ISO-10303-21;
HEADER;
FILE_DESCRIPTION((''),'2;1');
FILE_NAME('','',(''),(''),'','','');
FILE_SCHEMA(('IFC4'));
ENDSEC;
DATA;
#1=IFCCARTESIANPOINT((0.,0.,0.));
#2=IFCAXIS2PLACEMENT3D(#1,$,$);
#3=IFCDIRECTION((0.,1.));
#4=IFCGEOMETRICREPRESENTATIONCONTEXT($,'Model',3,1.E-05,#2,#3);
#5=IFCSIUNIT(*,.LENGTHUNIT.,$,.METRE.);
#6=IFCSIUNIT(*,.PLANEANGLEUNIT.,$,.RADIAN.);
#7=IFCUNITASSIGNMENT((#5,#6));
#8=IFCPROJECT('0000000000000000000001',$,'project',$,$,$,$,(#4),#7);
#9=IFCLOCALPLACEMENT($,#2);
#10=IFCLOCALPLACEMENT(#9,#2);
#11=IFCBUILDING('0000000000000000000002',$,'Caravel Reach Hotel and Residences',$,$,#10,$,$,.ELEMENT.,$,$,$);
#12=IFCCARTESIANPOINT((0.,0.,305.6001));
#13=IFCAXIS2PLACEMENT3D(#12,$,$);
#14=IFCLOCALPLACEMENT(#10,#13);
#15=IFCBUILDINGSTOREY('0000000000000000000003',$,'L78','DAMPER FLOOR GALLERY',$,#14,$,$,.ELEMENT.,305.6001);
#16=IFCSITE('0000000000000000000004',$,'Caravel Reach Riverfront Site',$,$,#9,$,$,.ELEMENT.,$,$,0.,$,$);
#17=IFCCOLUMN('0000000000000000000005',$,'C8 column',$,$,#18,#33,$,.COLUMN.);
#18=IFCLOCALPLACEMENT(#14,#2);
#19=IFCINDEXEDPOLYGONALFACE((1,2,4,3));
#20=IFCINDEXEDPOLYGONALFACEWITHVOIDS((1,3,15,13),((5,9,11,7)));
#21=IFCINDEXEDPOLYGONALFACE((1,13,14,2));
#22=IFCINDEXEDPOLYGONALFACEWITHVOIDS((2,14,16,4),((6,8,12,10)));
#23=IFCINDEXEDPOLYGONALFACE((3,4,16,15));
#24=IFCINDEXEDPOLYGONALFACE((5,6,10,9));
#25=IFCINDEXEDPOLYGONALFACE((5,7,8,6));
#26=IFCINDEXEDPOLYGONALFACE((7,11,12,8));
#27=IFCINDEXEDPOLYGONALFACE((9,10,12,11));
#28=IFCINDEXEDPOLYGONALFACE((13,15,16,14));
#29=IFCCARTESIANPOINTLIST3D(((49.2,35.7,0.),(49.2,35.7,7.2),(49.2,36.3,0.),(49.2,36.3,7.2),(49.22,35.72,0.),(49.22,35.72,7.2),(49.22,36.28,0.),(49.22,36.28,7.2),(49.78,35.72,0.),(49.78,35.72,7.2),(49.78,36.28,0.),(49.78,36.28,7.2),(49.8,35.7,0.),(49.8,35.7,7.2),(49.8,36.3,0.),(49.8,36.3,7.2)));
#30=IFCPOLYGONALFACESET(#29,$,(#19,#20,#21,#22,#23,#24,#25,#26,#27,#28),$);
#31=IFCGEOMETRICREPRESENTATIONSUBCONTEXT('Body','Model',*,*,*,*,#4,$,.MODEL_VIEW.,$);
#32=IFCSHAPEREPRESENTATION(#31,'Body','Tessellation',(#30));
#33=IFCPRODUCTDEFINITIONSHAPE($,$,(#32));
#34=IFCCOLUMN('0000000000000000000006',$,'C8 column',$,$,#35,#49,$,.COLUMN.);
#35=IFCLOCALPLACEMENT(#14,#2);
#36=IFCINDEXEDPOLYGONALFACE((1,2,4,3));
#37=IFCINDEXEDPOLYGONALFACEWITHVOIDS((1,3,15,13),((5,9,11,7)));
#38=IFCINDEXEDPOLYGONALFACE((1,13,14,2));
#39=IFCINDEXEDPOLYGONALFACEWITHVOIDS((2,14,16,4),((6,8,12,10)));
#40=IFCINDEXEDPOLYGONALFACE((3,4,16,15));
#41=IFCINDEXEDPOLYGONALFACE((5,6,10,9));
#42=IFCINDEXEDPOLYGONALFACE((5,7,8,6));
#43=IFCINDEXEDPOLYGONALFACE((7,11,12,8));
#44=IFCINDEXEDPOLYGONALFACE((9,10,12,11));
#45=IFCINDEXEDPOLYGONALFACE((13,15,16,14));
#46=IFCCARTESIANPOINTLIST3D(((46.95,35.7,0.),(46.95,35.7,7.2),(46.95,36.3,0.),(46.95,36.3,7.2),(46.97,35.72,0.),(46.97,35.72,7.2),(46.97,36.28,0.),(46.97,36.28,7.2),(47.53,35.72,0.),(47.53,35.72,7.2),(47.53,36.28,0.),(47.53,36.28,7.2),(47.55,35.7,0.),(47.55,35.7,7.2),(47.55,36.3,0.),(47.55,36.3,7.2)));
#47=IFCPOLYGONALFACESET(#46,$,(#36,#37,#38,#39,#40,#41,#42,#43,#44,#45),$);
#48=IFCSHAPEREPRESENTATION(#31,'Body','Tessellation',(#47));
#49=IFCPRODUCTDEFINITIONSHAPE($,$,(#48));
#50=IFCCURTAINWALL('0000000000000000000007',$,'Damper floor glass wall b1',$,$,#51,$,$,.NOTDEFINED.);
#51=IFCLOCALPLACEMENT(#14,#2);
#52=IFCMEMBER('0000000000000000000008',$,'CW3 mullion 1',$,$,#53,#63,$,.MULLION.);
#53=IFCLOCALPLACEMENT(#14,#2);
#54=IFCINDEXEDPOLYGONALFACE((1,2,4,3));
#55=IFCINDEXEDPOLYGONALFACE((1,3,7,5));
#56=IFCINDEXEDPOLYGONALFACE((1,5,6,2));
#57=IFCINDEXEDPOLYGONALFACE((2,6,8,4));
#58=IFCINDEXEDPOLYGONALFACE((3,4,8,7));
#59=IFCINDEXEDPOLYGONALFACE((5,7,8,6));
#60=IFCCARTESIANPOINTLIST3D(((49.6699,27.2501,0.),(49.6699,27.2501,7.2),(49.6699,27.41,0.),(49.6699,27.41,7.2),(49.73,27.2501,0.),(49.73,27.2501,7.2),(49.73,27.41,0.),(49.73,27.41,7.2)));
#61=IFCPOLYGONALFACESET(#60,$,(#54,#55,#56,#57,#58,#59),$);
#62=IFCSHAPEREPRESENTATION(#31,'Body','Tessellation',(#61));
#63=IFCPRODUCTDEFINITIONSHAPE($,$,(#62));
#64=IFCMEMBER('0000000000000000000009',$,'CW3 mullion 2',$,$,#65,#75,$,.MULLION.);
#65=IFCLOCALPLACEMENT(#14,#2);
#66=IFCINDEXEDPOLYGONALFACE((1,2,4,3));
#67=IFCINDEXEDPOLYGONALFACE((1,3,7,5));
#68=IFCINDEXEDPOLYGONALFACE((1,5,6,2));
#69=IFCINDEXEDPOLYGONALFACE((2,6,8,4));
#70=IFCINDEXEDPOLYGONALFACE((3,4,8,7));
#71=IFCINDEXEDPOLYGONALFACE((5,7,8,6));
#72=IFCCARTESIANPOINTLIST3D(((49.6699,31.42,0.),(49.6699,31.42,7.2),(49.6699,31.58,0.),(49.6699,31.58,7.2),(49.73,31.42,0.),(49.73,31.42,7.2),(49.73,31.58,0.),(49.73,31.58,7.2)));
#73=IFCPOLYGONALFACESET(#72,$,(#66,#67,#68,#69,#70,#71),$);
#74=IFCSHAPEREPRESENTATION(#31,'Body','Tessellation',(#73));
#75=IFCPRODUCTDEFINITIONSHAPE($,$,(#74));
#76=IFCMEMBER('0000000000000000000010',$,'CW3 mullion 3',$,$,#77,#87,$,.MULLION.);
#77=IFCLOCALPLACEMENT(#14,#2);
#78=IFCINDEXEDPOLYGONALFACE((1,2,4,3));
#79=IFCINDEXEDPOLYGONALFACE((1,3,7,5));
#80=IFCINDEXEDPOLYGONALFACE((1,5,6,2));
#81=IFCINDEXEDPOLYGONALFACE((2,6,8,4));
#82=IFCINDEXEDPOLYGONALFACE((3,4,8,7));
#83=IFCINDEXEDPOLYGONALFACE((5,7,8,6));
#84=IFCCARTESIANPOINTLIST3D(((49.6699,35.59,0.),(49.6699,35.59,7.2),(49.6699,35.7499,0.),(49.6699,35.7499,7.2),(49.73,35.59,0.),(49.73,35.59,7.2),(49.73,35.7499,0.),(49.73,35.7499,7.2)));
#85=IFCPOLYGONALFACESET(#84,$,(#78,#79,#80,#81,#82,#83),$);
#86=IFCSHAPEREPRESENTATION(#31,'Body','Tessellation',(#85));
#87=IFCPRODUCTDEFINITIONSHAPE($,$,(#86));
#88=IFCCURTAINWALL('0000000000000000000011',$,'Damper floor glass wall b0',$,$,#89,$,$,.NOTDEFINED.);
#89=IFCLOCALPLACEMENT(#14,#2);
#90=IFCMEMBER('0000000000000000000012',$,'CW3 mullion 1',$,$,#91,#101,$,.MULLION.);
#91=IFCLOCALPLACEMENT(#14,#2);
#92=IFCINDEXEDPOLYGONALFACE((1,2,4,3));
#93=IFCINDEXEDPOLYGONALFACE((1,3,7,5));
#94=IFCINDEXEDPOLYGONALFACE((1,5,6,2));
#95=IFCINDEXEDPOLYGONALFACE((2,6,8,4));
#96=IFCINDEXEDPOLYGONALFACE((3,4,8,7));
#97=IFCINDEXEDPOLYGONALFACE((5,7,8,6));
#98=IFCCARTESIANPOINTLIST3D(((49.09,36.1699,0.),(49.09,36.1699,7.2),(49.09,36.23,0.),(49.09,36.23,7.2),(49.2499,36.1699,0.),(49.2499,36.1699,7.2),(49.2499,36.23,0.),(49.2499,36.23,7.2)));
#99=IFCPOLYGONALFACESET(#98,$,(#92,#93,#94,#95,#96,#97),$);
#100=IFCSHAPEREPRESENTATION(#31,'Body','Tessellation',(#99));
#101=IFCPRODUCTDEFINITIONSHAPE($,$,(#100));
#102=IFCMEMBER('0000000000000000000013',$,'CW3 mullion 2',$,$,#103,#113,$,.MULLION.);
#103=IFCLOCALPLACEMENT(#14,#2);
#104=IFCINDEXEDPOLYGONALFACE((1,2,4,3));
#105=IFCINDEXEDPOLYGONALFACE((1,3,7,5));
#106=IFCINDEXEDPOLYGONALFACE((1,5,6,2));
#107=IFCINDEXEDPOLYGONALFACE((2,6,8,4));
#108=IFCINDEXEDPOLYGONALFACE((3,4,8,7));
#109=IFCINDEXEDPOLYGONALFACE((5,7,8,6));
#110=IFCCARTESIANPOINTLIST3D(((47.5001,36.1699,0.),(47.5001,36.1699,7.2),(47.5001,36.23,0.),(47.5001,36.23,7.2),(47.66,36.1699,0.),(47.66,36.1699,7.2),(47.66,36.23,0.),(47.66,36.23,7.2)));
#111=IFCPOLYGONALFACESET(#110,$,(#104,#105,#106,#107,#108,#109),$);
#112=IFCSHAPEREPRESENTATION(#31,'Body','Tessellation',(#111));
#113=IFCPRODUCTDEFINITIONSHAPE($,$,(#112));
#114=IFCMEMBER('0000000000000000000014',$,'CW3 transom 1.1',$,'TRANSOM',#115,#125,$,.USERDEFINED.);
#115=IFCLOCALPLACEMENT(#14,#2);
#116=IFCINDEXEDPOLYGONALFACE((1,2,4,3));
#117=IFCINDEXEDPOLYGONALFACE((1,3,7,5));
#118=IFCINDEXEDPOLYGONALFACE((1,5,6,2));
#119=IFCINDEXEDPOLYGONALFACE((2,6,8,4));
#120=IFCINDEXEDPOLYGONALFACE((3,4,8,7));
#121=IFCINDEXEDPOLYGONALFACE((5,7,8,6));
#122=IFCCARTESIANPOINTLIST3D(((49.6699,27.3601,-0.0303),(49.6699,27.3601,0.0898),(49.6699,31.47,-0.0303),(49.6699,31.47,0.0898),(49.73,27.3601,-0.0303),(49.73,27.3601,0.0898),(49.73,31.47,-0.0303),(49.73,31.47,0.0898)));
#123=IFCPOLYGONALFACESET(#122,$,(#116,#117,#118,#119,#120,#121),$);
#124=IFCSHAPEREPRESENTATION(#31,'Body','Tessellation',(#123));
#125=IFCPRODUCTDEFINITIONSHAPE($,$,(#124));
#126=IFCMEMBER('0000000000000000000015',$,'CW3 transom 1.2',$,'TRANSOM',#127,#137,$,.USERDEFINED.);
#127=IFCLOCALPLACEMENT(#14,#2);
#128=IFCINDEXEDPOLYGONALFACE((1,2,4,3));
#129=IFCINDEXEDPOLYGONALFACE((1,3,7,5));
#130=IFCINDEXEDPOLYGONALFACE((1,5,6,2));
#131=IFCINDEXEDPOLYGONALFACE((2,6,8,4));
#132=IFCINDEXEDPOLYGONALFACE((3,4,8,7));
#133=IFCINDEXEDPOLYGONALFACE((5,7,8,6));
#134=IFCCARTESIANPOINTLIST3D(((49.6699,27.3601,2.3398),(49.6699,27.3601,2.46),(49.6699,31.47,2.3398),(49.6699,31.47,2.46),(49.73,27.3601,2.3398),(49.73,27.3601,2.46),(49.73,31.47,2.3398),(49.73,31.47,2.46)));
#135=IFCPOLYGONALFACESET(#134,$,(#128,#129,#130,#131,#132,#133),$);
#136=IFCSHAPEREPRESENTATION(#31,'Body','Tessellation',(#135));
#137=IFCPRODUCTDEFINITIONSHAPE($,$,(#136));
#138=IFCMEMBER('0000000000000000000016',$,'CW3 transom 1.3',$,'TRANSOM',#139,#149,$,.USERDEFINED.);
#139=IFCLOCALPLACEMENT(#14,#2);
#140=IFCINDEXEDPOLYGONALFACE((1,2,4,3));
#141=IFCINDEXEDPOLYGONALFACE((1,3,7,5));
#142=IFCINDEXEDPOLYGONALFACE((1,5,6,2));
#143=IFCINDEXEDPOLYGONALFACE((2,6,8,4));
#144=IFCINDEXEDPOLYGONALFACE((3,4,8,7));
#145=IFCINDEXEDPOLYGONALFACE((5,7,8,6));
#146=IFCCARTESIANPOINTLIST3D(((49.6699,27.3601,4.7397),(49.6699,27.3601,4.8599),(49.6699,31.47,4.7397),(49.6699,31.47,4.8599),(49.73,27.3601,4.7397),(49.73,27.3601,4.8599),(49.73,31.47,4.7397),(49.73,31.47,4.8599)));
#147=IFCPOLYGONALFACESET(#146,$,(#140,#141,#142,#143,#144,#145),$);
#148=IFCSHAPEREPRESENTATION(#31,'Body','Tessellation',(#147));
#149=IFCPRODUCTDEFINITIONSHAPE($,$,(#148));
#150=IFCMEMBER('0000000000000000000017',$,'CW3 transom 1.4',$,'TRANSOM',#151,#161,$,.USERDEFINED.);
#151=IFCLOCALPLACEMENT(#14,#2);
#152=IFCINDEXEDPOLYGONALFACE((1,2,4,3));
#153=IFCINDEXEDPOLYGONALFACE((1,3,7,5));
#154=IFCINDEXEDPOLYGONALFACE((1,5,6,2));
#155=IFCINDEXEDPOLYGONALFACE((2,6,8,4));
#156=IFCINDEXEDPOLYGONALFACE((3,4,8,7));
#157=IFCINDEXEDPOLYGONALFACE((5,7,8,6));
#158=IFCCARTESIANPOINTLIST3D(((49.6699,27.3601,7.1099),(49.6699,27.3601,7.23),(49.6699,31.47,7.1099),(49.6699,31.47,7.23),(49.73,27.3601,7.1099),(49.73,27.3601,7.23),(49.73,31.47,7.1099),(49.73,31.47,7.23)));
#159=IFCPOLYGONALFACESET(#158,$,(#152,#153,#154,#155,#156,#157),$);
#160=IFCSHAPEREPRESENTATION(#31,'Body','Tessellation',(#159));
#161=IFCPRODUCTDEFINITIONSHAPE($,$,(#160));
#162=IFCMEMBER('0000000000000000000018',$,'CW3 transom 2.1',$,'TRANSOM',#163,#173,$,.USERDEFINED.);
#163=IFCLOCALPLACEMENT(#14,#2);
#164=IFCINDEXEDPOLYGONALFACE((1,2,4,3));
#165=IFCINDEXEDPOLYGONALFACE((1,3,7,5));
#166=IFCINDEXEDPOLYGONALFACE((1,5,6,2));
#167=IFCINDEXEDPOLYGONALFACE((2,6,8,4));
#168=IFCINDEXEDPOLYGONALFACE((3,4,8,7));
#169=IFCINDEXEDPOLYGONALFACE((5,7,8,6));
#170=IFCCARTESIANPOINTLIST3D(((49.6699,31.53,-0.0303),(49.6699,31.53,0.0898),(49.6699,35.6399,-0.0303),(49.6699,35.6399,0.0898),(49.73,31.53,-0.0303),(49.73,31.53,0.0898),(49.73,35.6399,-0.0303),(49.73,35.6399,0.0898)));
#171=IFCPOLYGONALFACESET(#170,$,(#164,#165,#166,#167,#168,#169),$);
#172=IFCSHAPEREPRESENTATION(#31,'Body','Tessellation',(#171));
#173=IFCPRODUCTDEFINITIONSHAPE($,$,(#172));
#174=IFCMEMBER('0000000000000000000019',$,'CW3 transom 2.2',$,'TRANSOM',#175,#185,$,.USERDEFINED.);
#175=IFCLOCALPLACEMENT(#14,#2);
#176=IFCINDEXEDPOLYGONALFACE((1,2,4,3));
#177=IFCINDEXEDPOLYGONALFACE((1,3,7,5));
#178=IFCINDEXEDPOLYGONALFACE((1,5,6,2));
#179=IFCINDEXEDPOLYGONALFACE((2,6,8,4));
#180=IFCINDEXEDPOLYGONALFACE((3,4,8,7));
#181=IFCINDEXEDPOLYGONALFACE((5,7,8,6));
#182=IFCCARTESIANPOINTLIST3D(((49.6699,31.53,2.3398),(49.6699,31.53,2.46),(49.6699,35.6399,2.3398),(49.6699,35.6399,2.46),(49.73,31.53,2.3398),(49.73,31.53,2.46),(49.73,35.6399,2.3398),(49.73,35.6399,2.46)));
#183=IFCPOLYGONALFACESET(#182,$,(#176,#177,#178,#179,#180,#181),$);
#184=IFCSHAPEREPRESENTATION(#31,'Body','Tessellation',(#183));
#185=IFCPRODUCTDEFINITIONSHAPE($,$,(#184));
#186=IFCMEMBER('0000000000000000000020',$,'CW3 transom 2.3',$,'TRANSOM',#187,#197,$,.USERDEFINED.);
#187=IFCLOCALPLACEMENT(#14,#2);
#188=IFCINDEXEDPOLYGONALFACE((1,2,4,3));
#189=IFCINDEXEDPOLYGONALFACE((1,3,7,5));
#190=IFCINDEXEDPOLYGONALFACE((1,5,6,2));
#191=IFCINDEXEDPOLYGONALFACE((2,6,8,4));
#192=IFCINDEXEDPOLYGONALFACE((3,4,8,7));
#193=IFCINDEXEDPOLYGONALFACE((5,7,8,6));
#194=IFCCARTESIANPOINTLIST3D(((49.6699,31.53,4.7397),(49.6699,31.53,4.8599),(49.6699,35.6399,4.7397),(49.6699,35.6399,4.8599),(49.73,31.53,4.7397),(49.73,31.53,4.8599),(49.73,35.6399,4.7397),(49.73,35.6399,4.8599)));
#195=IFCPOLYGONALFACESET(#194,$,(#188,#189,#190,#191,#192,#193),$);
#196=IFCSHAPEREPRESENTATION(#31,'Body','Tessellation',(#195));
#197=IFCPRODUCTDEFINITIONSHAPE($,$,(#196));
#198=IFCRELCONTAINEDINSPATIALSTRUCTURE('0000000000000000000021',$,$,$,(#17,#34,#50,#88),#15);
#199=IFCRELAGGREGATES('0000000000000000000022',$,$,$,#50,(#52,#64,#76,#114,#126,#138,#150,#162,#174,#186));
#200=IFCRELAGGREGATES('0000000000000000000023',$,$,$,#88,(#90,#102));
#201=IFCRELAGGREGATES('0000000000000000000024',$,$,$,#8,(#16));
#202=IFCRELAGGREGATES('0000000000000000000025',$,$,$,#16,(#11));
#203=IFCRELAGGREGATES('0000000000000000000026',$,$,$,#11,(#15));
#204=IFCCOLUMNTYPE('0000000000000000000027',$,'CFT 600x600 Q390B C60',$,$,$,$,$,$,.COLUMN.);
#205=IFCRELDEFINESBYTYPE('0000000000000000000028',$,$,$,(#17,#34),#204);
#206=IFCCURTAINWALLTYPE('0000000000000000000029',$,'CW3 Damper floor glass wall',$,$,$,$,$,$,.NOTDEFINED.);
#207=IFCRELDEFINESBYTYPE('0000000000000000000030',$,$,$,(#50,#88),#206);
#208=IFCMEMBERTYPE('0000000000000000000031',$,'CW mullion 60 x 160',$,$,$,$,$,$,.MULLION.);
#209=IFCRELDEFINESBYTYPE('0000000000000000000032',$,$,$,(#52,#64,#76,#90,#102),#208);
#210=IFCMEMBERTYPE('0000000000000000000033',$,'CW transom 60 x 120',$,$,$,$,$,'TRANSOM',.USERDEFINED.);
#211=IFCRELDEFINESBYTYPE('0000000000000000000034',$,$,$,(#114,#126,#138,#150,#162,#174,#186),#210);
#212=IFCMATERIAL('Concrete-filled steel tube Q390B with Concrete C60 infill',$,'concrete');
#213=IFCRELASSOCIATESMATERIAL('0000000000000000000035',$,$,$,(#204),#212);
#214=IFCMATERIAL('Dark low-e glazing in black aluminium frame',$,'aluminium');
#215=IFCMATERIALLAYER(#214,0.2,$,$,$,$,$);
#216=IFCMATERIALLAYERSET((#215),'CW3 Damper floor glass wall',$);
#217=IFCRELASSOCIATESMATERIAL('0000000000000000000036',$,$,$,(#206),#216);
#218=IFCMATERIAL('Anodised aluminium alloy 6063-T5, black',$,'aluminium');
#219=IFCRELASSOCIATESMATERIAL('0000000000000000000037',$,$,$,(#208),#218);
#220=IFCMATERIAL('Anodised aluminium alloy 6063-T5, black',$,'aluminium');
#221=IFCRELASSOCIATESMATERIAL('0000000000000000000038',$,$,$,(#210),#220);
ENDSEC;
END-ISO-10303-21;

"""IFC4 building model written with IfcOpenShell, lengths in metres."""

from ifc_helpers import new_model, si_unit, direction, frame, origin, origin_2d, place, context, subcontext, project, spatial, rectangle, hollow_rectangle, extrude, material, layer, layer_set, material_profile, profile_set, type_object, element, aggregate, save


model = new_model("IFC4")

# Units and contexts
model_context = context("Model", 3, precision=1e-05, world=origin(), true_north=direction((0.0, 1.0)))
body_context = subcontext(model_context, "Body", "Model", "MODEL_VIEW")
ifc_project = project(units=[si_unit("LENGTHUNIT", "METRE"), si_unit("PLANEANGLEUNIT", "RADIAN")], contexts=[model_context])

# Site, building, storey
site_placement = place(None, origin())
site = spatial("IfcSite", under=ifc_project, at=site_placement, Name="Caravel Reach Riverfront Site", CompositionType="ELEMENT", RefElevation=0.0)
building_placement = place(site_placement, origin())
building = spatial("IfcBuilding", under=site, at=building_placement, Name="Caravel Reach Hotel and Residences", CompositionType="ELEMENT")
storey_placement = place(building_placement, frame((0.0, 0.0, 305.6001)))
storey = spatial("IfcBuildingStorey", under=building, at=storey_placement, Name="L78", Description="DAMPER FLOOR GALLERY", CompositionType="ELEMENT", Elevation=305.6001)

# Columns
ifc_material_1 = material(Name="Concrete-filled steel tube Q390B with Concrete C60 infill", Category="concrete")
ifc_material_profile_1 = material_profile(ifc_material_1, hollow_rectangle(XDim=0.6001, YDim=0.6001, WallThickness=0.02, at=origin_2d()), Name="RHS 600x600x20")
ifc_profile_set_1 = profile_set([ifc_material_profile_1], Name="Concrete-filled steel tube Q390B with Concrete C60 infill")
column_type = type_object("IfcColumnType", Name="CFT 600x600 Q390B C60", PredefinedType="COLUMN", material=ifc_profile_set_1)
for number, where, z_axis, x_axis, name in (
    (1, (49.5, 36.0, 0.0), (0.0, 0.0, 1.0), (1.0, 0.0, 0.0), "C8 column"),
    (2, (47.25, 36.0, 0.0), (0.0, 0.0, 1.0), (1.0, 0.0, 0.0), "C8 column"),
):
    element("IfcColumn", number, at=place(storey_placement, frame(where, z_axis=z_axis, x_axis=x_axis)), inside=storey, type_object=column_type, Name=name, PredefinedType="COLUMN", context=body_context, shape_type="SweptSolid", body=[
        extrude(hollow_rectangle(XDim=0.6001, YDim=0.6001, WallThickness=0.02, at=origin_2d()), origin(), (0.0, 0.0, 1.0), 7.2),
    ])

# Curtain walls, members
ifc_material_2 = material(Name="Dark low-e glazing in black aluminium frame", Category="aluminium")
ifc_layer_1 = layer(ifc_material_2, 0.2)
ifc_layer_set_1 = layer_set([ifc_layer_1], Name="CW3 Damper floor glass wall")
curtain_wall_type = type_object("IfcCurtainWallType", Name="CW3 Damper floor glass wall", PredefinedType="NOTDEFINED", material=ifc_layer_set_1)
curtain_wall_1_placement = place(storey_placement, origin())
curtain_wall_1 = element("IfcCurtainWall", 3, at=curtain_wall_1_placement, inside=storey, type_object=curtain_wall_type, Name="Damper floor glass wall b1", PredefinedType="NOTDEFINED")
ifc_material_3 = material(Name="Anodised aluminium alloy 6063-T5, black", Category="aluminium")
ifc_material_profile_2 = material_profile(ifc_material_3, rectangle(XDim=0.0601, YDim=0.1599, at=origin_2d()), Name="CW mullion 60 x 160")
ifc_profile_set_2 = profile_set([ifc_material_profile_2], Name="Anodised aluminium alloy 6063-T5, black")
member_type_1 = type_object("IfcMemberType", Name="CW mullion 60 x 160", PredefinedType="MULLION", material=ifc_profile_set_2)
member_1_placement = place(storey_placement, frame((49.7, 27.3301, 0.0), z_axis=(0.0, 0.0, 1.0), x_axis=(-1.0, 0.0, 0.0)))
member_1 = element("IfcMember", 4, at=member_1_placement, type_object=member_type_1, Name="CW3 mullion 1", PredefinedType="MULLION", context=body_context, shape_type="SweptSolid", body=[
    extrude(rectangle(XDim=0.0601, YDim=0.1599, at=origin_2d()), origin(), (0.0, 0.0, 1.0), 7.2),
])
member_2_placement = place(storey_placement, frame((49.7, 31.5, 0.0), z_axis=(0.0, 0.0, 1.0), x_axis=(-1.0, 0.0, 0.0)))
member_2 = element("IfcMember", 5, at=member_2_placement, type_object=member_type_1, Name="CW3 mullion 2", PredefinedType="MULLION", context=body_context, shape_type="SweptSolid", body=[
    extrude(rectangle(XDim=0.0601, YDim=0.1599, at=origin_2d()), origin(), (0.0, 0.0, 1.0), 7.2),
])
member_3_placement = place(storey_placement, frame((49.7, 35.6699, 0.0), z_axis=(0.0, 0.0, 1.0), x_axis=(-1.0, 0.0, 0.0)))
member_3 = element("IfcMember", 6, at=member_3_placement, type_object=member_type_1, Name="CW3 mullion 3", PredefinedType="MULLION", context=body_context, shape_type="SweptSolid", body=[
    extrude(rectangle(XDim=0.0601, YDim=0.1599, at=origin_2d()), origin(), (0.0, 0.0, 1.0), 7.2),
])
curtain_wall_2_placement = place(storey_placement, origin())
curtain_wall_2 = element("IfcCurtainWall", 7, at=curtain_wall_2_placement, inside=storey, type_object=curtain_wall_type, Name="Damper floor glass wall b0", PredefinedType="NOTDEFINED")
member_4_placement = place(storey_placement, frame((49.1699, 36.2, 0.0), z_axis=(0.0, 0.0, 1.0), x_axis=(0.0, -1.0, 0.0)))
member_4 = element("IfcMember", 8, at=member_4_placement, type_object=member_type_1, Name="CW3 mullion 1", PredefinedType="MULLION", context=body_context, shape_type="SweptSolid", body=[
    extrude(rectangle(XDim=0.0601, YDim=0.1599, at=origin_2d()), origin(), (0.0, 0.0, 1.0), 7.2),
])
member_5_placement = place(storey_placement, frame((47.5801, 36.2, 0.0), z_axis=(0.0, 0.0, 1.0), x_axis=(0.0, -1.0, 0.0)))
member_5 = element("IfcMember", 9, at=member_5_placement, type_object=member_type_1, Name="CW3 mullion 2", PredefinedType="MULLION", context=body_context, shape_type="SweptSolid", body=[
    extrude(rectangle(XDim=0.0601, YDim=0.1599, at=origin_2d()), origin(), (0.0, 0.0, 1.0), 7.2),
])

# Members
ifc_material_4 = material(Name="Anodised aluminium alloy 6063-T5, black", Category="aluminium")
ifc_material_profile_3 = material_profile(ifc_material_4, rectangle(XDim=0.0601, YDim=0.1201, at=origin_2d()), Name="CW transom 60 x 120")
ifc_profile_set_3 = profile_set([ifc_material_profile_3], Name="Anodised aluminium alloy 6063-T5, black")
member_type_2 = type_object("IfcMemberType", Name="CW transom 60 x 120", ElementType="TRANSOM", PredefinedType="USERDEFINED", material=ifc_profile_set_3)
member_6_placement = place(storey_placement, frame((49.7, 27.3601, 0.0298), z_axis=(0.0, 1.0, 0.0), x_axis=(-1.0, 0.0, 0.0)))
member_6 = element("IfcMember", 10, at=member_6_placement, type_object=member_type_2, Name="CW3 transom 1.1", ObjectType="TRANSOM", PredefinedType="USERDEFINED", context=body_context, shape_type="SweptSolid", body=[
    extrude(rectangle(XDim=0.0601, YDim=0.1201, at=origin_2d()), origin(), (0.0, 0.0, 1.0), 4.1099),
])
member_7_placement = place(storey_placement, frame((49.7, 27.3601, 2.3999), z_axis=(0.0, 1.0, 0.0), x_axis=(-1.0, 0.0, 0.0)))
member_7 = element("IfcMember", 11, at=member_7_placement, type_object=member_type_2, Name="CW3 transom 1.2", ObjectType="TRANSOM", PredefinedType="USERDEFINED", context=body_context, shape_type="SweptSolid", body=[
    extrude(rectangle(XDim=0.0601, YDim=0.1201, at=origin_2d()), origin(), (0.0, 0.0, 1.0), 4.1099),
])
member_8_placement = place(storey_placement, frame((49.7, 27.3601, 4.7998), z_axis=(0.0, 1.0, 0.0), x_axis=(-1.0, 0.0, 0.0)))
member_8 = element("IfcMember", 12, at=member_8_placement, type_object=member_type_2, Name="CW3 transom 1.3", ObjectType="TRANSOM", PredefinedType="USERDEFINED", context=body_context, shape_type="SweptSolid", body=[
    extrude(rectangle(XDim=0.0601, YDim=0.1201, at=origin_2d()), origin(), (0.0, 0.0, 1.0), 4.1099),
])
member_9_placement = place(storey_placement, frame((49.7, 27.3601, 7.1699), z_axis=(0.0, 1.0, 0.0), x_axis=(-1.0, 0.0, 0.0)))
member_9 = element("IfcMember", 13, at=member_9_placement, type_object=member_type_2, Name="CW3 transom 1.4", ObjectType="TRANSOM", PredefinedType="USERDEFINED", context=body_context, shape_type="SweptSolid", body=[
    extrude(rectangle(XDim=0.0601, YDim=0.1201, at=origin_2d()), origin(), (0.0, 0.0, 1.0), 4.1099),
])
member_10_placement = place(storey_placement, frame((49.7, 31.53, 0.0298), z_axis=(0.0, 1.0, 0.0), x_axis=(-1.0, 0.0, 0.0)))
member_10 = element("IfcMember", 14, at=member_10_placement, type_object=member_type_2, Name="CW3 transom 2.1", ObjectType="TRANSOM", PredefinedType="USERDEFINED", context=body_context, shape_type="SweptSolid", body=[
    extrude(rectangle(XDim=0.0601, YDim=0.1201, at=origin_2d()), origin(), (0.0, 0.0, 1.0), 4.1099),
])
member_11_placement = place(storey_placement, frame((49.7, 31.53, 2.3999), z_axis=(0.0, 1.0, 0.0), x_axis=(-1.0, 0.0, 0.0)))
member_11 = element("IfcMember", 15, at=member_11_placement, type_object=member_type_2, Name="CW3 transom 2.2", ObjectType="TRANSOM", PredefinedType="USERDEFINED", context=body_context, shape_type="SweptSolid", body=[
    extrude(rectangle(XDim=0.0601, YDim=0.1201, at=origin_2d()), origin(), (0.0, 0.0, 1.0), 4.1099),
])
member_12_placement = place(storey_placement, frame((49.7, 31.53, 4.7998), z_axis=(0.0, 1.0, 0.0), x_axis=(-1.0, 0.0, 0.0)))
member_12 = element("IfcMember", 16, at=member_12_placement, type_object=member_type_2, Name="CW3 transom 2.3", ObjectType="TRANSOM", PredefinedType="USERDEFINED", context=body_context, shape_type="SweptSolid", body=[
    extrude(rectangle(XDim=0.0601, YDim=0.1201, at=origin_2d()), origin(), (0.0, 0.0, 1.0), 4.1099),
])

aggregate(curtain_wall_1, [member_1, member_2, member_3, member_6, member_7, member_8, member_9, member_10, member_11, member_12])
aggregate(curtain_wall_2, [member_4, member_5])

save(model, "model.ifc")
